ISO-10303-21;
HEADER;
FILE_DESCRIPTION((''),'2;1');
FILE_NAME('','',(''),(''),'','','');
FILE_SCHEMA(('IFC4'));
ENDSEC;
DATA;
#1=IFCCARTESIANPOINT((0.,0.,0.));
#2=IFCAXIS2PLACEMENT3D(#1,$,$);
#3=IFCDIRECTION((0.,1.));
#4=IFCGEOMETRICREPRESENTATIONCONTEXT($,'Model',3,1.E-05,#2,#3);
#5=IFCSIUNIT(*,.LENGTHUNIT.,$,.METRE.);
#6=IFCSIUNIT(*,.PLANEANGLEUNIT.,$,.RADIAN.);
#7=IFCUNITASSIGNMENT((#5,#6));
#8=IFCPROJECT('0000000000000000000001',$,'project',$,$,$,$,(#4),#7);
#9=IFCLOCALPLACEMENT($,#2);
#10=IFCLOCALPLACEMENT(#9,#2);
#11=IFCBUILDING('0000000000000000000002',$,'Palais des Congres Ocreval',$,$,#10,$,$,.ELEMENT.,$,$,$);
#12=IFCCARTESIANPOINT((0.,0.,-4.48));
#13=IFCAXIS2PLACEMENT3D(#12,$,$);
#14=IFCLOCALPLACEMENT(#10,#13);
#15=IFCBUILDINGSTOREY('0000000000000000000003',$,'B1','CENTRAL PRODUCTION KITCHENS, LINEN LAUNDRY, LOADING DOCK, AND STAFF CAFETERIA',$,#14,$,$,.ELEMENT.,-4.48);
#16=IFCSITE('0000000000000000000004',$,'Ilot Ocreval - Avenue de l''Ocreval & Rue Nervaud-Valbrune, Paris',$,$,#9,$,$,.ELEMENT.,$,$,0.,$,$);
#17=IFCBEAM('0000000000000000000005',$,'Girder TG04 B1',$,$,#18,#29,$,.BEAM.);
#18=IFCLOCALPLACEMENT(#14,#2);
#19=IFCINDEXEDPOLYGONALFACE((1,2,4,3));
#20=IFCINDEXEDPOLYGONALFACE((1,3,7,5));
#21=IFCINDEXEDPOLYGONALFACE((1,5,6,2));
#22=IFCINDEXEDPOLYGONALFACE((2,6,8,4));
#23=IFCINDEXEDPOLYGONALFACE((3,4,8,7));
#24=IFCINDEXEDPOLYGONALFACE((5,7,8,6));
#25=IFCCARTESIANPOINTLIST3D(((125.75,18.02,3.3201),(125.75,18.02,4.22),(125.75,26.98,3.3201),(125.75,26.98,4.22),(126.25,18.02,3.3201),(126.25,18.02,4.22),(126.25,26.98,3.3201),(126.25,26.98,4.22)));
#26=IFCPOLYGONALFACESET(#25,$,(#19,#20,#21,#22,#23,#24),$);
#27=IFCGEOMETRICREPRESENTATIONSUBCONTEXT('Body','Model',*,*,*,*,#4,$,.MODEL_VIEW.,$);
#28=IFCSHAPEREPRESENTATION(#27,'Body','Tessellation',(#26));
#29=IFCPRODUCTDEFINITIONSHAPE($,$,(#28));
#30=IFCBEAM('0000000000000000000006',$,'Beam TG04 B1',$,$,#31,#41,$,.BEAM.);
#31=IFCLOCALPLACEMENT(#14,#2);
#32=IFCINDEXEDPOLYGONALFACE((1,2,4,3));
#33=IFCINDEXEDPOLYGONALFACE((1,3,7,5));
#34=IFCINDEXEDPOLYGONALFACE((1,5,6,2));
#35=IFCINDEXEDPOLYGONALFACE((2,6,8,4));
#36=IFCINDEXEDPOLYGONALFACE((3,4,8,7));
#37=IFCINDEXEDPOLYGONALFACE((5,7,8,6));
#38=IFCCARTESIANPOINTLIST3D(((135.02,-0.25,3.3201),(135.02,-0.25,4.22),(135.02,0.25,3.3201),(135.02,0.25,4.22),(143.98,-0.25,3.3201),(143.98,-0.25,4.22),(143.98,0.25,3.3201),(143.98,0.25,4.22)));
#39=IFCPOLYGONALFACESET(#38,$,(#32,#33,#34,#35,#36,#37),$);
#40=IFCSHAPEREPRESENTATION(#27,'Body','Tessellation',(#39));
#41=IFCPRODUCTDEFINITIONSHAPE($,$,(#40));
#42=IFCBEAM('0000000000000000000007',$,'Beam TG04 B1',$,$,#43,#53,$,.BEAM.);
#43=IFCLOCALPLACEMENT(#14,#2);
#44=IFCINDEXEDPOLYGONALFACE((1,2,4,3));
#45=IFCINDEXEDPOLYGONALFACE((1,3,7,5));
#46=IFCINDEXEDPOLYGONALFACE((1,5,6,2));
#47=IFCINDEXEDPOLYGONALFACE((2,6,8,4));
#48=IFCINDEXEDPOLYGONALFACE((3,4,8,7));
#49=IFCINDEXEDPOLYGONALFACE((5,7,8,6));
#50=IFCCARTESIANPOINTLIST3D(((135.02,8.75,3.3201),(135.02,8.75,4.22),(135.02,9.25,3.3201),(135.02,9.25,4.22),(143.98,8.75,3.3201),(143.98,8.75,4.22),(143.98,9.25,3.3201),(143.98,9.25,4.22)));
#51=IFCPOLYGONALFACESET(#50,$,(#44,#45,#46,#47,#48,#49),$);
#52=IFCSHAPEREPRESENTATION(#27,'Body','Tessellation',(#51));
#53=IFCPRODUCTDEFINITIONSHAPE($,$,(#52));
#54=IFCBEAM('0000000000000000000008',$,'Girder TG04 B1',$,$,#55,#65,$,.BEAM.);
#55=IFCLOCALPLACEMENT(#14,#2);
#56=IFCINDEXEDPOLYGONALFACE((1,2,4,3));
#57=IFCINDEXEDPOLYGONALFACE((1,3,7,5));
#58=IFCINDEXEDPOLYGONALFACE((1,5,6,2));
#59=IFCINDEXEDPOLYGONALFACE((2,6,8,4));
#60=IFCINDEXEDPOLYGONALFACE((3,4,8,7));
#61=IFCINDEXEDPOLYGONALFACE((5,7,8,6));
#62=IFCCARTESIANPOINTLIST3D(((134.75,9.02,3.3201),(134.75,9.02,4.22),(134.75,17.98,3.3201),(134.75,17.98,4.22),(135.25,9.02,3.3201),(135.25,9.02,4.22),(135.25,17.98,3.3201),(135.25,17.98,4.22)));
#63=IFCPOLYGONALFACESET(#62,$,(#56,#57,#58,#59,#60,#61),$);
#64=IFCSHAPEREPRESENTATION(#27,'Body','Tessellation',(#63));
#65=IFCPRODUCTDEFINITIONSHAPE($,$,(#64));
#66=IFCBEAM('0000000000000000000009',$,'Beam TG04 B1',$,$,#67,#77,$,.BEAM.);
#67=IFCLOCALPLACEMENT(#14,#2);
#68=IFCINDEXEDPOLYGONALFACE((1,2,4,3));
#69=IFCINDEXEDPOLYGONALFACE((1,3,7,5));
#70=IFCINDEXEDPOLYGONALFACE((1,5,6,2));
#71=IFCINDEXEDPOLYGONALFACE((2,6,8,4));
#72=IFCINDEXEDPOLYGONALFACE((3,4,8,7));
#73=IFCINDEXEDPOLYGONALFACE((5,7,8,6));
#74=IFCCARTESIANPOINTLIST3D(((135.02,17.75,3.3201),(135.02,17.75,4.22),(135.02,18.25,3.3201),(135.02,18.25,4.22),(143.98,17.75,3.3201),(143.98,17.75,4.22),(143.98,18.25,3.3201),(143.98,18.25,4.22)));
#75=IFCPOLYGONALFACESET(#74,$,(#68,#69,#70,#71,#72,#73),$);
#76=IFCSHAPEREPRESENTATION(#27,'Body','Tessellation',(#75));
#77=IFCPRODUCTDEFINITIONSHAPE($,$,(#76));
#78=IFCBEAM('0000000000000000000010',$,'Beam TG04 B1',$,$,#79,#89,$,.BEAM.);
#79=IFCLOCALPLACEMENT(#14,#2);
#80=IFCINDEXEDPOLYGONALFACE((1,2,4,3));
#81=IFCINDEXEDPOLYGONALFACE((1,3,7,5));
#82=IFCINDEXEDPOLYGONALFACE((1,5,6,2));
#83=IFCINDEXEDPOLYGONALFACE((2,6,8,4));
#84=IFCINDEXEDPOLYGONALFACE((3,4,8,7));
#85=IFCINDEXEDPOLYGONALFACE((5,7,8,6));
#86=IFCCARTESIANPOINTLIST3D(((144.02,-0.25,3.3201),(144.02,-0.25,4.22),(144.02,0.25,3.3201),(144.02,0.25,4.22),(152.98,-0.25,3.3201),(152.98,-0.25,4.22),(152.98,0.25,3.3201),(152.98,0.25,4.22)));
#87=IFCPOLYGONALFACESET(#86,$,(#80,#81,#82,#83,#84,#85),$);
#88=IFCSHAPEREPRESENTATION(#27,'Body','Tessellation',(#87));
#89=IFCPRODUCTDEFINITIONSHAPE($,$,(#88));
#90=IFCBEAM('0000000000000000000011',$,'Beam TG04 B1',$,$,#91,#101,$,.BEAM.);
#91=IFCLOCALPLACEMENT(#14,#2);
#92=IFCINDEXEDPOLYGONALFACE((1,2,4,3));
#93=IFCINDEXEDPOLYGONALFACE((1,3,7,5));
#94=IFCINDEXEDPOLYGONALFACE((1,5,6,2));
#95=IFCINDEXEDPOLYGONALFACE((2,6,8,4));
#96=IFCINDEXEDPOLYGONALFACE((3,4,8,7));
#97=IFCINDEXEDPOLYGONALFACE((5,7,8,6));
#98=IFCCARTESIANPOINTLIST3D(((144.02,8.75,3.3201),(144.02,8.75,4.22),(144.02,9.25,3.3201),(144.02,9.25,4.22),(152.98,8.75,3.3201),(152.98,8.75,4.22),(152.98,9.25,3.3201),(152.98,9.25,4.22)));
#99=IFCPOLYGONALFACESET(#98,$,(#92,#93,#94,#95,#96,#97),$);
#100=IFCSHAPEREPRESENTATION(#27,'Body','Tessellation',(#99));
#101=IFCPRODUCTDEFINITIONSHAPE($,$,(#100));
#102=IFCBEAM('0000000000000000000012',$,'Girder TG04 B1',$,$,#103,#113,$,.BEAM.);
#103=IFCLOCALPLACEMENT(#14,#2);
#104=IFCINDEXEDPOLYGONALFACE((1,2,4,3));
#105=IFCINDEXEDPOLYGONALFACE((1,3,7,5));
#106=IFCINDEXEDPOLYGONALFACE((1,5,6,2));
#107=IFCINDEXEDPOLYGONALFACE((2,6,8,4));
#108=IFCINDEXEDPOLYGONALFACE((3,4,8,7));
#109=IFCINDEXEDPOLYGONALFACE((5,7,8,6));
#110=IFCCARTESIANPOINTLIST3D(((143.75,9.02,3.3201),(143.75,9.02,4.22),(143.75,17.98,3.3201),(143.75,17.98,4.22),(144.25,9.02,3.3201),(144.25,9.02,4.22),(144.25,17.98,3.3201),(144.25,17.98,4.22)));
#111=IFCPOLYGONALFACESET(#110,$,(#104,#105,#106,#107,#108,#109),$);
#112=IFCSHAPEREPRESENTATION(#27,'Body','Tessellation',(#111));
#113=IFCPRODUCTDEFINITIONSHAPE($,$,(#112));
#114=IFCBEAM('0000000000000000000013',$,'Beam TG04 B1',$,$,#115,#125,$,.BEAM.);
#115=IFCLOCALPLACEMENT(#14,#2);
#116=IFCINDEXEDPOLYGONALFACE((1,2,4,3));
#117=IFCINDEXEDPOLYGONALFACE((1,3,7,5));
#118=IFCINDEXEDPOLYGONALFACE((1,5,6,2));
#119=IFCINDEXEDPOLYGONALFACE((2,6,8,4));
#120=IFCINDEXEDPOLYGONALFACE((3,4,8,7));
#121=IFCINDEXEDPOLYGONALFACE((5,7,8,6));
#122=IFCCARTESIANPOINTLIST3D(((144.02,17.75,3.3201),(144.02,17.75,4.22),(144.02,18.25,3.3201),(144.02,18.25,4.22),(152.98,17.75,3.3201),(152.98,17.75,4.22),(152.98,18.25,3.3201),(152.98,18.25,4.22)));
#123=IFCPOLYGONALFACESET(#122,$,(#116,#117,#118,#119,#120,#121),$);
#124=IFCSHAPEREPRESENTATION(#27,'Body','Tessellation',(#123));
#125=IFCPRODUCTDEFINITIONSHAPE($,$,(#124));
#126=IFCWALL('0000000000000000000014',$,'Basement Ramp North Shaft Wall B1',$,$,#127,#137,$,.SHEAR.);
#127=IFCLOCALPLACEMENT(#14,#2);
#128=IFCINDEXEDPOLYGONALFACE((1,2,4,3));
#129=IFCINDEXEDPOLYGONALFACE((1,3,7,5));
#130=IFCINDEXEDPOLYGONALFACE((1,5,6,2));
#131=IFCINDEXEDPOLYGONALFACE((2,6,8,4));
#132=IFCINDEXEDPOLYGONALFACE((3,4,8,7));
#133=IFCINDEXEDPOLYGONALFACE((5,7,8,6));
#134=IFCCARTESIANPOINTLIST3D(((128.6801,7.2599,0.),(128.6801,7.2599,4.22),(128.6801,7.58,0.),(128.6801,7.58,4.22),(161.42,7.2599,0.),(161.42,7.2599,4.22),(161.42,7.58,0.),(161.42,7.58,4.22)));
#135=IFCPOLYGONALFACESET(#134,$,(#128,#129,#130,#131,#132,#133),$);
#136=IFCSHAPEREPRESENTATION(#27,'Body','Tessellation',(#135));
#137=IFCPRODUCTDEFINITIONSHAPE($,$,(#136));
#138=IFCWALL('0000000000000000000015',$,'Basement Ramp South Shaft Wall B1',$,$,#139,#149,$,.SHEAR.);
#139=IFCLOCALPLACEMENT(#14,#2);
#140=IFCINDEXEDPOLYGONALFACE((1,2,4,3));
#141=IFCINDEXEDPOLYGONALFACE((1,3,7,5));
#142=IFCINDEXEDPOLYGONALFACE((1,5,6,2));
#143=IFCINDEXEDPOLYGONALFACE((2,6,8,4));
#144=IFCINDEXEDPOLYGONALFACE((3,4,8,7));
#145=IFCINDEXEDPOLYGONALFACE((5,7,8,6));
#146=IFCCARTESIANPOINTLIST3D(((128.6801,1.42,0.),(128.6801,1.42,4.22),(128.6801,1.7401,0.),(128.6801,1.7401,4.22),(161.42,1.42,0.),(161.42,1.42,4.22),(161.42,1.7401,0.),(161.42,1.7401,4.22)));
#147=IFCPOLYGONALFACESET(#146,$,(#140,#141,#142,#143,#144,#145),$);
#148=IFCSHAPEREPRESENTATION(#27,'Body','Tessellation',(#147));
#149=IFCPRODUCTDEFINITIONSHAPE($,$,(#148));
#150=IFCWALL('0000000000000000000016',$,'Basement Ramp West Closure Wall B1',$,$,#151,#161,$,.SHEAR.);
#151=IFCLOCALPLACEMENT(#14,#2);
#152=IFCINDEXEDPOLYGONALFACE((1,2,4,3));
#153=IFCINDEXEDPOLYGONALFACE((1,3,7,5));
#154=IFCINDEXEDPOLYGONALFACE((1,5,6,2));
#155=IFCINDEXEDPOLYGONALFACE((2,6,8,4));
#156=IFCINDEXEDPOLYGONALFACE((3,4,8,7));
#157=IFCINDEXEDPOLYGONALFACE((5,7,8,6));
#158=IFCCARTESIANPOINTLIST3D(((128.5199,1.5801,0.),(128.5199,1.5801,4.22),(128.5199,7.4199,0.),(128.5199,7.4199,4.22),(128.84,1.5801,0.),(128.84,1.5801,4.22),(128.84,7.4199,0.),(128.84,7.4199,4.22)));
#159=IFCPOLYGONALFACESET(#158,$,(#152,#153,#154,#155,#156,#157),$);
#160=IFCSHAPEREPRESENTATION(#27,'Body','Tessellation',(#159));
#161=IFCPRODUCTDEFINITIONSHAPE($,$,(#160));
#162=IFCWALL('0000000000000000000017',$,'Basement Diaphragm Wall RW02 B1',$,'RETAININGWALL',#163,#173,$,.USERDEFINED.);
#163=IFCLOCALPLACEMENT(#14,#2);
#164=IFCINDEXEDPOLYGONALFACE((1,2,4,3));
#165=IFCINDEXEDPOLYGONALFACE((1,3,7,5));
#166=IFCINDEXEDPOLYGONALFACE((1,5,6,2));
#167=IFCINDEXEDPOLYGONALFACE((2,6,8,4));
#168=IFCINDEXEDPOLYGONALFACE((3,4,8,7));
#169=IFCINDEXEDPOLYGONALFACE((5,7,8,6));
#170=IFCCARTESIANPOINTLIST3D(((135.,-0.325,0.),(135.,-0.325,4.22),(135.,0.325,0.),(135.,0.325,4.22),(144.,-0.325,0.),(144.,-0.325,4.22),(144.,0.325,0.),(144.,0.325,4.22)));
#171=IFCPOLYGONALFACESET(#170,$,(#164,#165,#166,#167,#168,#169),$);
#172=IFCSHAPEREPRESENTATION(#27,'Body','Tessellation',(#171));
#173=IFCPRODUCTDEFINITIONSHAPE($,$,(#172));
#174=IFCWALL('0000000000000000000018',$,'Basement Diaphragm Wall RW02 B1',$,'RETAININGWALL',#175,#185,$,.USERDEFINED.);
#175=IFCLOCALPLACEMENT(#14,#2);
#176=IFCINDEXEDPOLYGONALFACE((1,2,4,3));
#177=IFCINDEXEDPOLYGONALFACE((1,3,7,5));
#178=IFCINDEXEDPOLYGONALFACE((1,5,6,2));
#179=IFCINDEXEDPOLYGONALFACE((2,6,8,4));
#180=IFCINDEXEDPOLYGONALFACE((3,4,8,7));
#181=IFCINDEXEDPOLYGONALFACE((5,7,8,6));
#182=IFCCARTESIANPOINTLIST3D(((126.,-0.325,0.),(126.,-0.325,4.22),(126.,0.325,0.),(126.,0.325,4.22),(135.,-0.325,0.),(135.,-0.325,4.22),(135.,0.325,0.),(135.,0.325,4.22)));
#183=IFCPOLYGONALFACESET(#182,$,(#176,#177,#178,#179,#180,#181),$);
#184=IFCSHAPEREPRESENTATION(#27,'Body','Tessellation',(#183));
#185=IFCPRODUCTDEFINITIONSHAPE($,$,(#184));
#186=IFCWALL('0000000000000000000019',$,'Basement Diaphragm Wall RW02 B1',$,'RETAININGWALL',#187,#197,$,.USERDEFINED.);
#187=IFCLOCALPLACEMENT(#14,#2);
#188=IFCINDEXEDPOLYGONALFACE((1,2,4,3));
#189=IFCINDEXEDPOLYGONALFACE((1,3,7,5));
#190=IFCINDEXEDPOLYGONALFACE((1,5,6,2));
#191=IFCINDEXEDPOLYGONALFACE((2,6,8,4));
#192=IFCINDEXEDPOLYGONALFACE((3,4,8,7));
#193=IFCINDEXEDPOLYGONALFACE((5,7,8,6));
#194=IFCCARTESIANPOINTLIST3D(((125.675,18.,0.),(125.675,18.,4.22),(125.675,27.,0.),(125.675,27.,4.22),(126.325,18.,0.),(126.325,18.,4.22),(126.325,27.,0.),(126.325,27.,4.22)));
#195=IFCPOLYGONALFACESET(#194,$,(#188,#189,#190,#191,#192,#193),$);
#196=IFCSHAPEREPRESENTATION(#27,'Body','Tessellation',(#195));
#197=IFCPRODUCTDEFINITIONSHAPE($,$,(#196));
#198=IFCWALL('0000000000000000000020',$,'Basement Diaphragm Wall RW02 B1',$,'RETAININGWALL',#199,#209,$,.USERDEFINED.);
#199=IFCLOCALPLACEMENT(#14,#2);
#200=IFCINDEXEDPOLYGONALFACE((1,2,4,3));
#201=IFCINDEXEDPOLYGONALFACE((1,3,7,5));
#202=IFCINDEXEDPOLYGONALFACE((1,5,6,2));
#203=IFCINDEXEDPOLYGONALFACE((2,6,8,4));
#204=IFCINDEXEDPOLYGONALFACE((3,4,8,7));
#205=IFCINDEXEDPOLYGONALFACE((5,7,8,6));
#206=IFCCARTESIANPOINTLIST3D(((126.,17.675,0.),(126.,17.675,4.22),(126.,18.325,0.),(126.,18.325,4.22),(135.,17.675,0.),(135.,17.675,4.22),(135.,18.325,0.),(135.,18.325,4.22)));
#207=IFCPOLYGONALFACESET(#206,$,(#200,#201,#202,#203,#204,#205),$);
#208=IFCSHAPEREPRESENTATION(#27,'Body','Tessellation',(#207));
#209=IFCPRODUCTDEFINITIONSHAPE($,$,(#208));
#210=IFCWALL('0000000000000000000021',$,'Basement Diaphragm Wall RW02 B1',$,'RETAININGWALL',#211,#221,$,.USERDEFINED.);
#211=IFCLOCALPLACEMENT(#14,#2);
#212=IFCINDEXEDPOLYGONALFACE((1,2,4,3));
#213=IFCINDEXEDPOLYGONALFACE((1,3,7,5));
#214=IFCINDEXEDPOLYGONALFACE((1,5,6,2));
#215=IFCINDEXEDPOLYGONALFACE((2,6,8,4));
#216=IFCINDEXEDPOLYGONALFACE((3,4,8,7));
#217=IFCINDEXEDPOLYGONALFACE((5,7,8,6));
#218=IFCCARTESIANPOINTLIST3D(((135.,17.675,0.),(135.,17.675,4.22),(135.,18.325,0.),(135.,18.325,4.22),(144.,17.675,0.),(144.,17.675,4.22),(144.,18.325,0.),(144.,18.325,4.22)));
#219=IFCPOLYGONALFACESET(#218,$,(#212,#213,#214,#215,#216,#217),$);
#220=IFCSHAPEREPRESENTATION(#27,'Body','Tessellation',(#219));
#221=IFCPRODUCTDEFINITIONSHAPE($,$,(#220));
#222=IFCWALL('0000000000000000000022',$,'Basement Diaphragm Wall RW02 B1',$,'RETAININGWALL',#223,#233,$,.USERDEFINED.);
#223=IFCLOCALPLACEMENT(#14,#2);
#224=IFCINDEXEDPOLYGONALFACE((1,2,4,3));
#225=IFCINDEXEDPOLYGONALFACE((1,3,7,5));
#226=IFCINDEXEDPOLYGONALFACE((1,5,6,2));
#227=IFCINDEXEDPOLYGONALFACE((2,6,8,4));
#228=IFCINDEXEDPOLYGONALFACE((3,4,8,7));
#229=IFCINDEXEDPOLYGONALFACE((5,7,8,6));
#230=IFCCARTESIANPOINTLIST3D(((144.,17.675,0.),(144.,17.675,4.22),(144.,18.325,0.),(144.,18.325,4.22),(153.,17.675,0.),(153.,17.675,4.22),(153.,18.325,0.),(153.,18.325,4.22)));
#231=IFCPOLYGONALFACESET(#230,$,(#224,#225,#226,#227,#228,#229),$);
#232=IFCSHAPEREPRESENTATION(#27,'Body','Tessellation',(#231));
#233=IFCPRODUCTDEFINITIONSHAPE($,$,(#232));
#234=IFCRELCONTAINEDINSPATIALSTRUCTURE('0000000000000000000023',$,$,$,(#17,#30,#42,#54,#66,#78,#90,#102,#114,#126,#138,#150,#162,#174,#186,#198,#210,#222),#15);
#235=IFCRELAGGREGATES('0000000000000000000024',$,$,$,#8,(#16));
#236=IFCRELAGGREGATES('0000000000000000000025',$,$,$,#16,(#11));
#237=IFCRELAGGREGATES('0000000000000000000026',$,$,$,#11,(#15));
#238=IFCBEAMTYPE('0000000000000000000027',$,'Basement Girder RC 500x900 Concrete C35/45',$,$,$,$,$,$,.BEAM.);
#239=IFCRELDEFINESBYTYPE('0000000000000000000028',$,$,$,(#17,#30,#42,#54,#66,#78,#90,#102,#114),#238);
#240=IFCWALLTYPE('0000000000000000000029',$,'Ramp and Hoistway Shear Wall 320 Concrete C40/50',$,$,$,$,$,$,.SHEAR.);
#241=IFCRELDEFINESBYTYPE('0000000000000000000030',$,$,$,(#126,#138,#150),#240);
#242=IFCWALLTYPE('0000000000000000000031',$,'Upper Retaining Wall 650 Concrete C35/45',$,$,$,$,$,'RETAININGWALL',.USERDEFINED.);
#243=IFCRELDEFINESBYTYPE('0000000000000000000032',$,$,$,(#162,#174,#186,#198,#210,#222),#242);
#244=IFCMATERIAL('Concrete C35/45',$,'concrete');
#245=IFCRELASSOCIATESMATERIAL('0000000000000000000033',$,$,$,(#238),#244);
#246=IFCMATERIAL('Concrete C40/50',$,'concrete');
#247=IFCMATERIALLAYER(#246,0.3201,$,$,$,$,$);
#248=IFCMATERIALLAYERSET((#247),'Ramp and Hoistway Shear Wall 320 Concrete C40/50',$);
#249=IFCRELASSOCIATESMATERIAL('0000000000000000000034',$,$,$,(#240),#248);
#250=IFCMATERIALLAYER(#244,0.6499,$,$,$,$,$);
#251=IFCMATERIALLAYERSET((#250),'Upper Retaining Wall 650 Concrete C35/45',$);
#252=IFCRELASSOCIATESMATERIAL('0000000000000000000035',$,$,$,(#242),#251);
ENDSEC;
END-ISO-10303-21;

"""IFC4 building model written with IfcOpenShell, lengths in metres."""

from ifc_helpers import new_model, si_unit, direction, frame, frame_2d, origin, origin_2d, place, context, subcontext, project, spatial, rectangle, extrude, material, layer, layer_set, material_profile, profile_set, type_object, element, save


model = new_model("IFC4")

# Units and contexts
model_context = context("Model", 3, precision=1e-05, world=origin(), true_north=direction((0.0, 1.0)))
body_context = subcontext(model_context, "Body", "Model", "MODEL_VIEW")
ifc_project = project(units=[si_unit("LENGTHUNIT", "METRE"), si_unit("PLANEANGLEUNIT", "RADIAN")], contexts=[model_context])

# Site, building, storey
site_placement = place(None, origin())
site = spatial("IfcSite", under=ifc_project, at=site_placement, Name="Ilot Ocreval - Avenue de l'Ocreval & Rue Nervaud-Valbrune, Paris", CompositionType="ELEMENT", RefElevation=0.0)
building_placement = place(site_placement, origin())
building = spatial("IfcBuilding", under=site, at=building_placement, Name="Palais des Congres Ocreval", CompositionType="ELEMENT")
storey_placement = place(building_placement, frame((0.0, 0.0, -4.48)))
storey = spatial("IfcBuildingStorey", under=building, at=storey_placement, Name="B1", Description="CENTRAL PRODUCTION KITCHENS, LINEN LAUNDRY, LOADING DOCK, AND STAFF CAFETERIA", CompositionType="ELEMENT", Elevation=-4.48)

# Beams
ifc_material_1 = material(Name="Concrete C35/45", Category="concrete")
ifc_material_profile_1 = material_profile(ifc_material_1, rectangle(XDim=0.5, YDim=0.8999, at=origin_2d()), Name="RC 500x900")
ifc_profile_set_1 = profile_set([ifc_material_profile_1], Name="Concrete C35/45")
beam_type = type_object("IfcBeamType", Name="Basement Girder RC 500x900 Concrete C35/45", PredefinedType="BEAM", material=ifc_profile_set_1)
for number, where, z_axis, x_axis, name in (
    (1, (126.0, 18.02, 3.77), (0.0, 1.0, 0.0), (-1.0, 0.0, 0.0), "Girder TG04 B1"),
    (2, (135.02, 0.0, 3.77), (1.0, 0.0, 0.0), (0.0, 1.0, 0.0), "Beam TG04 B1"),
    (3, (135.02, 9.0, 3.77), (1.0, 0.0, 0.0), (0.0, 1.0, 0.0), "Beam TG04 B1"),
    (4, (135.0, 9.02, 3.77), (0.0, 1.0, 0.0), (-1.0, 0.0, 0.0), "Girder TG04 B1"),
    (5, (135.02, 18.0, 3.77), (1.0, 0.0, 0.0), (0.0, 1.0, 0.0), "Beam TG04 B1"),
    (6, (144.02, 0.0, 3.77), (1.0, 0.0, 0.0), (0.0, 1.0, 0.0), "Beam TG04 B1"),
    (7, (144.02, 9.0, 3.77), (1.0, 0.0, 0.0), (0.0, 1.0, 0.0), "Beam TG04 B1"),
    (8, (144.0, 9.02, 3.77), (0.0, 1.0, 0.0), (-1.0, 0.0, 0.0), "Girder TG04 B1"),
    (9, (144.02, 18.0, 3.77), (1.0, 0.0, 0.0), (0.0, 1.0, 0.0), "Beam TG04 B1"),
):
    element("IfcBeam", number, at=place(storey_placement, frame(where, z_axis=z_axis, x_axis=x_axis)), inside=storey, type_object=beam_type, Name=name, PredefinedType="BEAM", context=body_context, shape_type="SweptSolid", body=[
        extrude(rectangle(XDim=0.5, YDim=0.8999, at=origin_2d()), origin(), (0.0, 0.0, 1.0), 8.96),
    ])

# Walls
ifc_material_2 = material(Name="Concrete C40/50", Category="concrete")
ifc_layer_1 = layer(ifc_material_2, 0.3201)
ifc_layer_set_1 = layer_set([ifc_layer_1], Name="Ramp and Hoistway Shear Wall 320 Concrete C40/50")
wall_type_1 = type_object("IfcWallType", Name="Ramp and Hoistway Shear Wall 320 Concrete C40/50", PredefinedType="SHEAR", material=ifc_layer_set_1)
for number, where, z_axis, x_axis, name in (
    (10, (128.6799, 7.4199, 0.0), (0.0, 0.0, 1.0), (1.0, 0.0, 0.0), "Basement Ramp North Shaft Wall B1"),
    (11, (128.6799, 1.5801, 0.0), (0.0, 0.0, 1.0), (1.0, 0.0, 0.0), "Basement Ramp South Shaft Wall B1"),
):
    element("IfcWall", number, at=place(storey_placement, frame(where, z_axis=z_axis, x_axis=x_axis)), inside=storey, type_object=wall_type_1, Name=name, PredefinedType="SHEAR", context=body_context, shape_type="SweptSolid", body=[
        extrude(rectangle(XDim=32.74, YDim=0.3201, at=frame_2d((16.3701, 0.0))), origin(), (0.0, 0.0, 1.0), 4.22),
    ])
wall_placement = place(storey_placement, frame((128.6799, 1.5801, 0.0), z_axis=(0.0, 0.0, 1.0), x_axis=(0.0, 1.0, 0.0)))
element("IfcWall", 12, at=wall_placement, inside=storey, type_object=wall_type_1, Name="Basement Ramp West Closure Wall B1", PredefinedType="SHEAR", context=body_context, shape_type="SweptSolid", body=[
    extrude(rectangle(XDim=5.8398, YDim=0.3201, at=frame_2d((2.9199, 0.0))), origin(), (0.0, 0.0, 1.0), 4.22),
])
ifc_layer_2 = layer(ifc_material_1, 0.6499)
ifc_layer_set_2 = layer_set([ifc_layer_2], Name="Upper Retaining Wall 650 Concrete C35/45")
wall_type_2 = type_object("IfcWallType", Name="Upper Retaining Wall 650 Concrete C35/45", ElementType="RETAININGWALL", PredefinedType="USERDEFINED", material=ifc_layer_set_2)
for number, where, z_axis, x_axis, name in (
    (13, (144.0, 0.0, 0.0), (0.0, 0.0, 1.0), (-1.0, 0.0, 0.0), "Basement Diaphragm Wall RW02 B1"),
    (14, (135.0, 0.0, 0.0), (0.0, 0.0, 1.0), (-1.0, 0.0, 0.0), "Basement Diaphragm Wall RW02 B1"),
    (15, (126.0, 27.0, 0.0), (0.0, 0.0, 1.0), (0.0, -1.0, 0.0), "Basement Diaphragm Wall RW02 B1"),
    (16, (126.0, 18.0, 0.0), (0.0, 0.0, 1.0), (1.0, 0.0, 0.0), "Basement Diaphragm Wall RW02 B1"),
    (17, (135.0, 18.0, 0.0), (0.0, 0.0, 1.0), (1.0, 0.0, 0.0), "Basement Diaphragm Wall RW02 B1"),
    (18, (144.0, 18.0, 0.0), (0.0, 0.0, 1.0), (1.0, 0.0, 0.0), "Basement Diaphragm Wall RW02 B1"),
):
    element("IfcWall", number, at=place(storey_placement, frame(where, z_axis=z_axis, x_axis=x_axis)), inside=storey, type_object=wall_type_2, Name=name, ObjectType="RETAININGWALL", PredefinedType="USERDEFINED", context=body_context, shape_type="SweptSolid", body=[
        extrude(rectangle(XDim=9.0, YDim=0.6499, at=frame_2d((4.5, 0.0))), origin(), (0.0, 0.0, 1.0), 4.22),
    ])

save(model, "model.ifc")
